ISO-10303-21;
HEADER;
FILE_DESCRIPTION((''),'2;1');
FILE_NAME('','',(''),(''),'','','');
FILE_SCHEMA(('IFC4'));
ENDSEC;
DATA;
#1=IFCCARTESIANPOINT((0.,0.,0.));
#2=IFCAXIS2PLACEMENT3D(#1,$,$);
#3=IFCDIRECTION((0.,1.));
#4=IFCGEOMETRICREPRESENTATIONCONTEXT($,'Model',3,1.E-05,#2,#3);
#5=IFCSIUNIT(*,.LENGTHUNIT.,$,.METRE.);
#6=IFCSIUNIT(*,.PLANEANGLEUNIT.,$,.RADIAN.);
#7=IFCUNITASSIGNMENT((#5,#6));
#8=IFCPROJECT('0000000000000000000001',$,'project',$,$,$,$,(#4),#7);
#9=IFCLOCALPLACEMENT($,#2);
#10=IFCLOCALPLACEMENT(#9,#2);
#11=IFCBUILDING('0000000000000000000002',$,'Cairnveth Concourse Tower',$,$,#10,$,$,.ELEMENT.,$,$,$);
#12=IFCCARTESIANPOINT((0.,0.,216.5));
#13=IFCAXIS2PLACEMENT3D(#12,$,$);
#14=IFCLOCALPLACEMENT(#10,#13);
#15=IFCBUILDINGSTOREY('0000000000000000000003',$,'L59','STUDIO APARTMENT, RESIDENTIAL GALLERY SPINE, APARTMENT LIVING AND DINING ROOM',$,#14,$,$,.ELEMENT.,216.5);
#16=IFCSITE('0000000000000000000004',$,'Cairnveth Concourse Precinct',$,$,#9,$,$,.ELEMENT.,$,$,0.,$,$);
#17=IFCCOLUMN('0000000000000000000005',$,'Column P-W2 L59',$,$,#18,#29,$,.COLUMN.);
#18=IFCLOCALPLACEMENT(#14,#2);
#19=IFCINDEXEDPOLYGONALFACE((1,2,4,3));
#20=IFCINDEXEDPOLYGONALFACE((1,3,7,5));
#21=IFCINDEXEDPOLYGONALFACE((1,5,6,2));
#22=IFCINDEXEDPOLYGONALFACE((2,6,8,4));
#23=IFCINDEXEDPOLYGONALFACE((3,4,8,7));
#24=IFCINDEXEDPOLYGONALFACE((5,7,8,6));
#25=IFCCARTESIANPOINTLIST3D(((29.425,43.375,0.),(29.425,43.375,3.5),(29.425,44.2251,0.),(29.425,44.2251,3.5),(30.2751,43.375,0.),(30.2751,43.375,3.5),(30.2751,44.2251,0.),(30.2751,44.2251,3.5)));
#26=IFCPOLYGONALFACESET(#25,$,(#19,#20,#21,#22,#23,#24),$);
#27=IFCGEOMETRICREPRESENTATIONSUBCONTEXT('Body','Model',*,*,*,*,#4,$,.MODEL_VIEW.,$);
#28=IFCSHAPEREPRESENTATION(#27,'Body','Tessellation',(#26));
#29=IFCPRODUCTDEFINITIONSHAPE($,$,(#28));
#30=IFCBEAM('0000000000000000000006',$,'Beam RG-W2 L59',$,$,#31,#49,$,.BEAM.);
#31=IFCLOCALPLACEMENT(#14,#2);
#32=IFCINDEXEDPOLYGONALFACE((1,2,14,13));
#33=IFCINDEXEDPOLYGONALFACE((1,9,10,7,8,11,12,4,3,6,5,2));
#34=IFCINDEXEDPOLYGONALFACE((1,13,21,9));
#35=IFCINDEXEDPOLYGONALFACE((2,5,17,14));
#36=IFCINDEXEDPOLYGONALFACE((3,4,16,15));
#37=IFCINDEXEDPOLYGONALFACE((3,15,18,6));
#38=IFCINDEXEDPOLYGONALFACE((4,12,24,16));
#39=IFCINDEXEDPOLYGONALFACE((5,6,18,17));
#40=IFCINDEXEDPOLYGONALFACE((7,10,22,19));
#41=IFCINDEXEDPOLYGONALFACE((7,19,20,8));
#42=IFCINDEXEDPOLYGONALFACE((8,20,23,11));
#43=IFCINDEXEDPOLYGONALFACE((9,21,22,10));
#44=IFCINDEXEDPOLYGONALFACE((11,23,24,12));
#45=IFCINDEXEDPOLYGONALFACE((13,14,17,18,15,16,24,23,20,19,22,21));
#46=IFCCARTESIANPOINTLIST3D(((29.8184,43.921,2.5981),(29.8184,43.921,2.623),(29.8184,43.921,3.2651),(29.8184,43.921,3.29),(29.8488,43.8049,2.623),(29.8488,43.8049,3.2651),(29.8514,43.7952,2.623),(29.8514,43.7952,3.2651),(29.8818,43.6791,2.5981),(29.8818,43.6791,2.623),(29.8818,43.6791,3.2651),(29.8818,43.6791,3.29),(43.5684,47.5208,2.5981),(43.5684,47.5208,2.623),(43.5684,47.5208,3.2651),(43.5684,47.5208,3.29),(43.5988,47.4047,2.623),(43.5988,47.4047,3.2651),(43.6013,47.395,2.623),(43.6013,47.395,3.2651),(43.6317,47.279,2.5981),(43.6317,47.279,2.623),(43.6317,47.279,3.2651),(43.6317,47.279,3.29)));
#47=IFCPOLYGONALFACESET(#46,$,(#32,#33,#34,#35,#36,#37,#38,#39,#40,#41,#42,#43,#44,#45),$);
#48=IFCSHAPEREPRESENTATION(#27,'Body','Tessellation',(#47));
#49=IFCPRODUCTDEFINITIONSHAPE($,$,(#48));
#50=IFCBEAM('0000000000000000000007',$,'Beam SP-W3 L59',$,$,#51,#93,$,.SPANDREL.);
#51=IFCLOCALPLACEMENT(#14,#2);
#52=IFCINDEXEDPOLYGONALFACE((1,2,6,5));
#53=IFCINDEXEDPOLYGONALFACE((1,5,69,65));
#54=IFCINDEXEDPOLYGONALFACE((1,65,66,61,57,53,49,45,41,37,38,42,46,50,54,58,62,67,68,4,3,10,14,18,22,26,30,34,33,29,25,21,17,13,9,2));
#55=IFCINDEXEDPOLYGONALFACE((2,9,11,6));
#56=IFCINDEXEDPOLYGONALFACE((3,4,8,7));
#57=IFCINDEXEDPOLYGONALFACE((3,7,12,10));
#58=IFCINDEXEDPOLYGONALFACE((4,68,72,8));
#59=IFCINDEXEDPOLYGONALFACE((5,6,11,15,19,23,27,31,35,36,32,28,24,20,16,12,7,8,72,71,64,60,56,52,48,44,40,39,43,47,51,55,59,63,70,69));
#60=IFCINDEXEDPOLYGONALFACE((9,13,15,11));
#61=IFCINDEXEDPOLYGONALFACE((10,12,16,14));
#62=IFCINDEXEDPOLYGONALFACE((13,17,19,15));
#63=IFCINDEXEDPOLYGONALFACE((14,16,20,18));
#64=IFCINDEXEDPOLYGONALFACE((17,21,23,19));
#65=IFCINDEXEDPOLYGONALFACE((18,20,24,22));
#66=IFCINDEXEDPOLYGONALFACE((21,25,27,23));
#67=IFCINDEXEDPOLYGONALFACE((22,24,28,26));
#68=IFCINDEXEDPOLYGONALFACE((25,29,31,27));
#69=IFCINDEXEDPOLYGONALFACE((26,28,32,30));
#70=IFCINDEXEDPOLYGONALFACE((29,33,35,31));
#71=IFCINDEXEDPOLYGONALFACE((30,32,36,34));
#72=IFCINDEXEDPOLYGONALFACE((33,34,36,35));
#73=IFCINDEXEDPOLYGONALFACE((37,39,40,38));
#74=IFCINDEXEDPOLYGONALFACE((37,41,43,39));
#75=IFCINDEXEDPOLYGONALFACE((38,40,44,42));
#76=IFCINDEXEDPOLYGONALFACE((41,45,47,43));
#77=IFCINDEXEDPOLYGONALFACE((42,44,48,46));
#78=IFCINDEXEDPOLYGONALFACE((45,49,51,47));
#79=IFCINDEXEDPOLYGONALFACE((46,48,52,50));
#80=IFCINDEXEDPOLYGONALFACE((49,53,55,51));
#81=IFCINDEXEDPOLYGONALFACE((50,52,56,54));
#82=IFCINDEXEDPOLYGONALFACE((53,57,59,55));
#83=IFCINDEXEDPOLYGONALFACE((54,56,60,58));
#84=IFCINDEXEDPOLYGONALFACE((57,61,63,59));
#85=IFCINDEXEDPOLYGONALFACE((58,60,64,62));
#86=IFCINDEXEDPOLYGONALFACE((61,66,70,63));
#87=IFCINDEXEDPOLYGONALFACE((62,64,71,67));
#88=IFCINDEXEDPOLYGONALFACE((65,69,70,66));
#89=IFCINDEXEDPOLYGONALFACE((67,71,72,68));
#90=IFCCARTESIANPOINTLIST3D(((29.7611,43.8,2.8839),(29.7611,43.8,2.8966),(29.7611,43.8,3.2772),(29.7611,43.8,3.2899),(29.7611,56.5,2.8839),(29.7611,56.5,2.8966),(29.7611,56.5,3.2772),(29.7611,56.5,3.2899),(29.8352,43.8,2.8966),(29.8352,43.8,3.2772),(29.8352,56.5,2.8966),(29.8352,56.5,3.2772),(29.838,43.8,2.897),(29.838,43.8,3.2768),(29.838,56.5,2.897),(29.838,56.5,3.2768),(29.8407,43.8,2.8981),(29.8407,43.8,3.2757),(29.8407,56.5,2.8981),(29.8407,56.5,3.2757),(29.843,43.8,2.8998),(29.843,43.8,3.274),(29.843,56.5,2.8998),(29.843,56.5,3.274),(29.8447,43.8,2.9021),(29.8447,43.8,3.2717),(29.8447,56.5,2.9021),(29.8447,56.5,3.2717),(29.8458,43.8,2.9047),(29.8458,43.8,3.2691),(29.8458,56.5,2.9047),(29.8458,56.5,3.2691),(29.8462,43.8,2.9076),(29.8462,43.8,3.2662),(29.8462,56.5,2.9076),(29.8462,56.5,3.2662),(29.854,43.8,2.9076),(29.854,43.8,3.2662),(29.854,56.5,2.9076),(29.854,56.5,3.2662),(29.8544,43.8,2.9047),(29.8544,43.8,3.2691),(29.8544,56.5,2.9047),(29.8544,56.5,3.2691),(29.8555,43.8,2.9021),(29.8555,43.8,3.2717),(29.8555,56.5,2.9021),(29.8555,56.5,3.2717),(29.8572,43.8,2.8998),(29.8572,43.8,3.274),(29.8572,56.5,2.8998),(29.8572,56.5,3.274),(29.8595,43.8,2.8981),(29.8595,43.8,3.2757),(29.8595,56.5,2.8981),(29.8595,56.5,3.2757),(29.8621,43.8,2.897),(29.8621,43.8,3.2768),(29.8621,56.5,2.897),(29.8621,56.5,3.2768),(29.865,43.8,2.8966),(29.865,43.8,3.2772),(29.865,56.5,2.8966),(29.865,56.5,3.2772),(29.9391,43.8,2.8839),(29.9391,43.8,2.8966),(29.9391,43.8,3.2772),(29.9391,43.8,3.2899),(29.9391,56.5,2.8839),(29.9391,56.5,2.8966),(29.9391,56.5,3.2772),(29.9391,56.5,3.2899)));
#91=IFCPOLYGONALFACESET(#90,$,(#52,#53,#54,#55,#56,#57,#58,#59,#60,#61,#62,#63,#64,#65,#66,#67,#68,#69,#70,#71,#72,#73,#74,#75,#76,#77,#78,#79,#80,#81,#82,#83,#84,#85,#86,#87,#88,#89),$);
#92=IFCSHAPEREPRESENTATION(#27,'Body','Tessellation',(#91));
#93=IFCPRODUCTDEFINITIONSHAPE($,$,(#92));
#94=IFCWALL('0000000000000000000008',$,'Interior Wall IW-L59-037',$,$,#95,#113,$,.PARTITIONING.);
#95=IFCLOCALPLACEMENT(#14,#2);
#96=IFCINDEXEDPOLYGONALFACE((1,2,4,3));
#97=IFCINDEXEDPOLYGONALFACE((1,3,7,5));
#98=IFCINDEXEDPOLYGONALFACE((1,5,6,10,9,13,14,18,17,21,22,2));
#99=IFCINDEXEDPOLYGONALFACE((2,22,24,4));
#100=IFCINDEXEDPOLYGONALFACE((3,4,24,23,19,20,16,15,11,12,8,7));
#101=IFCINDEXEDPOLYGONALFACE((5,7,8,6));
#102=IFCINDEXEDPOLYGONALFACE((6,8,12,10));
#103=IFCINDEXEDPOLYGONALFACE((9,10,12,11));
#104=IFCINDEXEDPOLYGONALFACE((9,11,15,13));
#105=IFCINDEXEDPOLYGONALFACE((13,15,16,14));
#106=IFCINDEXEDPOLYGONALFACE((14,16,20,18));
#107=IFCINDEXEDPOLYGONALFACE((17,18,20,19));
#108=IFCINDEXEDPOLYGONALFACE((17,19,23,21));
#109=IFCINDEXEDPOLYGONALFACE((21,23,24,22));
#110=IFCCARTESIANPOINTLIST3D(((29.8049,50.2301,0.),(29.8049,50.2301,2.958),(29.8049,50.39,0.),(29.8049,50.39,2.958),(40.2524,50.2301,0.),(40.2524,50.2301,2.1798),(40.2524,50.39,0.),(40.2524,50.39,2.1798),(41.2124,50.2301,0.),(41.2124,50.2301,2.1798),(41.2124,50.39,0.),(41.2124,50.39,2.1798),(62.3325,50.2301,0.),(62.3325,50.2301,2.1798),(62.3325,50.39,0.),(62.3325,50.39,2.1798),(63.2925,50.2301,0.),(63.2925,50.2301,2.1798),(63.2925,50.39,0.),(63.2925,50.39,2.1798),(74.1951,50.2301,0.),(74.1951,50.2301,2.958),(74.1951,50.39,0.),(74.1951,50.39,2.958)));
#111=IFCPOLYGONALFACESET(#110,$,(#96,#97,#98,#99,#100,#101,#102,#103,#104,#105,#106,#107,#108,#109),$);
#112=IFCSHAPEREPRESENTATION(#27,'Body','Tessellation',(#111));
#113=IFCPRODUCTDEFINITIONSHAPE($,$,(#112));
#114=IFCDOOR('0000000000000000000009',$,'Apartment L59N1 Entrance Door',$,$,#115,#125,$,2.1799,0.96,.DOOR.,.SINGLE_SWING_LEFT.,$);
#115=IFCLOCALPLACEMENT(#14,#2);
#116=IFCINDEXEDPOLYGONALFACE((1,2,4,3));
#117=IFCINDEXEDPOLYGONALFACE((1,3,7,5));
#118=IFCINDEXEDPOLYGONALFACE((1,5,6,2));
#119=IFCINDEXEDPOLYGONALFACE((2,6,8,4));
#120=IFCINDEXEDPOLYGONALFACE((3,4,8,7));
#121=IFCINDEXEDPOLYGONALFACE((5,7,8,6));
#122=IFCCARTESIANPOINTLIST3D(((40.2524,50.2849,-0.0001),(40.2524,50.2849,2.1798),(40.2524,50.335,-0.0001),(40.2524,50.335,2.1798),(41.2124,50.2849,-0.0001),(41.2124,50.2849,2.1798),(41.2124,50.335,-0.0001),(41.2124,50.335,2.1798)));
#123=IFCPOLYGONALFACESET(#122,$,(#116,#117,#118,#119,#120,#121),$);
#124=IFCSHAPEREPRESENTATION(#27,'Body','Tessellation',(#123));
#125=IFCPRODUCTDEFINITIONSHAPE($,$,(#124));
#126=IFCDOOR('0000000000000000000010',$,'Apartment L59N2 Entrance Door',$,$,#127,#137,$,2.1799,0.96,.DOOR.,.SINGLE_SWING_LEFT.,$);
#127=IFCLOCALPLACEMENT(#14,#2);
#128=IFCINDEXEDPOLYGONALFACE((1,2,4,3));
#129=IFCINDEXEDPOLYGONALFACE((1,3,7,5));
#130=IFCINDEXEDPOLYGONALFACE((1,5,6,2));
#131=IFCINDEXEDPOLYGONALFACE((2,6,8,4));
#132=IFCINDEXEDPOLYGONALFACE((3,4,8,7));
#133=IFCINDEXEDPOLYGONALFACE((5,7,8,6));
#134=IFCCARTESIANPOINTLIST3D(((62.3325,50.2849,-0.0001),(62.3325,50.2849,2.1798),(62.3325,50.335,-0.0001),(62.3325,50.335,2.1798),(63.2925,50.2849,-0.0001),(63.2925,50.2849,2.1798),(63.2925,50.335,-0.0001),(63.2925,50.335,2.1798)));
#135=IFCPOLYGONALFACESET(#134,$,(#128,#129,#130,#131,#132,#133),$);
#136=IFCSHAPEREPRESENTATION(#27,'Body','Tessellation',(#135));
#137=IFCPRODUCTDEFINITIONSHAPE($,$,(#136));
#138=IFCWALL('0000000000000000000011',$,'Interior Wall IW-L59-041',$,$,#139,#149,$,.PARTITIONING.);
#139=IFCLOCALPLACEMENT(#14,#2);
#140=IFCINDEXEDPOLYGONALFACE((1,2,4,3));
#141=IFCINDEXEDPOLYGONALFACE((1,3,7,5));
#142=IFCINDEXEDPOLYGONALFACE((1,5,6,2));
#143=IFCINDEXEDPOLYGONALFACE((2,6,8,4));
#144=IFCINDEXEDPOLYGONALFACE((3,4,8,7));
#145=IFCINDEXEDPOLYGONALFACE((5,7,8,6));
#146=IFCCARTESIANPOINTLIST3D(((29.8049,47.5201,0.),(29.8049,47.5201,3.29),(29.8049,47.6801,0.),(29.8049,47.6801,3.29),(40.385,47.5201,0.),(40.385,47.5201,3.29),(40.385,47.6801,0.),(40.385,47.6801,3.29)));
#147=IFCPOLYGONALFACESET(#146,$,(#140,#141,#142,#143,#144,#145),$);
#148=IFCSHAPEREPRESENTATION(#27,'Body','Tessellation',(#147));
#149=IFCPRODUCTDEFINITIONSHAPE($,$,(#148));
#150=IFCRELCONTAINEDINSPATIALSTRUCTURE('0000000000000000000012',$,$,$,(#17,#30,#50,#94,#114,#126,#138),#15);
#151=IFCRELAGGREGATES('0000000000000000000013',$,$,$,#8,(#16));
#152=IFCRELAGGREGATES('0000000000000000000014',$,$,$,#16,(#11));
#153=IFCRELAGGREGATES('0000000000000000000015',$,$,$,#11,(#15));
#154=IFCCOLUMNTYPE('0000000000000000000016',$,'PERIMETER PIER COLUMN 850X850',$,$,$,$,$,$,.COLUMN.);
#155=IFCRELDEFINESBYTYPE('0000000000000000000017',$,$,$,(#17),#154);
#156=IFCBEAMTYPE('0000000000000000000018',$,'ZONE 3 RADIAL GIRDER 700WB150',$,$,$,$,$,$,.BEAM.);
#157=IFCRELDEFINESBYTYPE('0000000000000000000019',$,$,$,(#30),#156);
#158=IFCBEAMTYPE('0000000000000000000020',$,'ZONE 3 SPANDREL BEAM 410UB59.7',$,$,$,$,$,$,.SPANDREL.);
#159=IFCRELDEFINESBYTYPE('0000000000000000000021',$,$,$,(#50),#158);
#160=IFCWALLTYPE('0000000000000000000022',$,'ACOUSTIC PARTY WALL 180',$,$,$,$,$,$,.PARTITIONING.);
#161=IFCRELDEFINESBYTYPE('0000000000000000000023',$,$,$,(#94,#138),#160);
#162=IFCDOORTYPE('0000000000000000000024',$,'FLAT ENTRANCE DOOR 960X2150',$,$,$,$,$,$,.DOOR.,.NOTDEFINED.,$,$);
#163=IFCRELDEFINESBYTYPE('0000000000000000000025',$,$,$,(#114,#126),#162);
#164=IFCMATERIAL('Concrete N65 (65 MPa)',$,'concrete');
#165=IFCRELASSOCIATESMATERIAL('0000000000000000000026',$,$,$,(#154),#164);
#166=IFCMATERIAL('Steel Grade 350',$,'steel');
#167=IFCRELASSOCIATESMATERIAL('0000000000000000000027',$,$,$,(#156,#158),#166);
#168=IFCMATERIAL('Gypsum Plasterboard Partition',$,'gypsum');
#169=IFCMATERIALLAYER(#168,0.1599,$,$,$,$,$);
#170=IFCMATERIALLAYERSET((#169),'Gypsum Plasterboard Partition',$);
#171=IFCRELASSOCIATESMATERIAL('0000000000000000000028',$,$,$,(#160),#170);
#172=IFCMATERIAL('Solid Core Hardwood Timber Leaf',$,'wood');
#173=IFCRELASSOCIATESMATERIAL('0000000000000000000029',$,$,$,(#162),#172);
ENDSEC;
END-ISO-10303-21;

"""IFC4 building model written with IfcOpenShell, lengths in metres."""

from ifc_helpers import new_model, si_unit, direction, frame, frame_2d, origin, origin_2d, place, context, subcontext, project, spatial, rectangle, i_section, extrude, material, layer, layer_set, material_profile, profile_set, type_object, element, fill, save


model = new_model("IFC4")

# Units and contexts
model_context = context("Model", 3, precision=1e-05, world=origin(), true_north=direction((0.0, 1.0)))
body_context = subcontext(model_context, "Body", "Model", "MODEL_VIEW")
ifc_project = project(units=[si_unit("LENGTHUNIT", "METRE"), si_unit("PLANEANGLEUNIT", "RADIAN")], contexts=[model_context])

# Site, building, storey
site_placement = place(None, origin())
site = spatial("IfcSite", under=ifc_project, at=site_placement, Name="Cairnveth Concourse Precinct", CompositionType="ELEMENT", RefElevation=0.0)
building_placement = place(site_placement, origin())
building = spatial("IfcBuilding", under=site, at=building_placement, Name="Cairnveth Concourse Tower", CompositionType="ELEMENT")
storey_placement = place(building_placement, frame((0.0, 0.0, 216.5)))
storey = spatial("IfcBuildingStorey", under=building, at=storey_placement, Name="L59", Description="STUDIO APARTMENT, RESIDENTIAL GALLERY SPINE, APARTMENT LIVING AND DINING ROOM", CompositionType="ELEMENT", Elevation=216.5)

# Column
ifc_material_1 = material(Name="Concrete N65 (65 MPa)", Category="concrete")
ifc_material_profile_1 = material_profile(ifc_material_1, rectangle(XDim=0.8501, YDim=0.8501, at=origin_2d()), Name="RC-COL-850x850")
ifc_profile_set_1 = profile_set([ifc_material_profile_1], Name="Concrete N65 (65 MPa)")
column_type = type_object("IfcColumnType", Name="PERIMETER PIER COLUMN 850X850", PredefinedType="COLUMN", material=ifc_profile_set_1)
column_placement = place(storey_placement, frame((29.8501, 43.8, 0.0), z_axis=(0.0, 0.0, 1.0), x_axis=(0.0, 1.0, 0.0)))
element("IfcColumn", 1, at=column_placement, inside=storey, type_object=column_type, Name="Column P-W2 L59", PredefinedType="COLUMN", context=body_context, shape_type="SweptSolid", body=[
    extrude(rectangle(XDim=0.8501, YDim=0.8501, at=origin_2d()), origin(), (0.0, 0.0, 1.0), 3.5),
])

# Beams
ifc_material_2 = material(Name="Steel Grade 350", Category="steel")
ifc_material_profile_2 = material_profile(ifc_material_2, i_section(OverallWidth=0.25, OverallDepth=0.6919, WebThickness=0.01, FlangeThickness=0.0249, at=origin_2d()), Name="700WB150")
ifc_profile_set_2 = profile_set([ifc_material_profile_2], Name="Steel Grade 350")
beam_type_1 = type_object("IfcBeamType", Name="ZONE 3 RADIAL GIRDER 700WB150", PredefinedType="BEAM", material=ifc_profile_set_2)
beam_1_placement = place(storey_placement, frame((29.8501, 43.8, 2.9441), z_axis=(0.967395, 0.253271, 0.0), x_axis=(-0.253271, 0.967395, 0.0)))
element("IfcBeam", 2, at=beam_1_placement, inside=storey, type_object=beam_type_1, Name="Beam RG-W2 L59", PredefinedType="BEAM", context=body_context, shape_type="SweptSolid", body=[
    extrude(i_section(OverallWidth=0.25, OverallDepth=0.6919, WebThickness=0.01, FlangeThickness=0.0249, at=origin_2d()), origin(), (0.0, 0.0, 1.0), 14.2134),
])
ifc_material_profile_3 = material_profile(ifc_material_2, i_section(OverallWidth=0.178, OverallDepth=0.406, WebThickness=0.0078, FlangeThickness=0.0127, FilletRadius=0.011, at=origin_2d()), Name="410UB59.7")
ifc_profile_set_3 = profile_set([ifc_material_profile_3], Name="Steel Grade 350")
beam_type_2 = type_object("IfcBeamType", Name="ZONE 3 SPANDREL BEAM 410UB59.7", PredefinedType="SPANDREL", material=ifc_profile_set_3)
beam_2_placement = place(storey_placement, frame((29.8501, 43.8, 3.0869), z_axis=(0.0, 1.0, 0.0), x_axis=(-1.0, 0.0, 0.0)))
element("IfcBeam", 3, at=beam_2_placement, inside=storey, type_object=beam_type_2, Name="Beam SP-W3 L59", PredefinedType="SPANDREL", context=body_context, shape_type="SweptSolid", body=[
    extrude(i_section(OverallWidth=0.178, OverallDepth=0.406, WebThickness=0.0078, FlangeThickness=0.0127, FilletRadius=0.011, at=origin_2d()), origin(), (0.0, 0.0, 1.0), 12.7),
])

# Wall, openings, doors
ifc_material_3 = material(Name="Gypsum Plasterboard Partition", Category="gypsum")
ifc_layer_1 = layer(ifc_material_3, 0.1599)
ifc_layer_set_1 = layer_set([ifc_layer_1], Name="Gypsum Plasterboard Partition")
wall_type_1 = type_object("IfcWallType", Name="ACOUSTIC PARTY WALL 180", PredefinedType="PARTITIONING", material=ifc_layer_set_1)
wall_1_placement = place(storey_placement, frame((29.8049, 50.3101, 0.0), z_axis=(0.0, 0.0, 1.0), x_axis=(1.0, 0.0, 0.0)))
wall_1 = element("IfcWall", 4, at=wall_1_placement, inside=storey, type_object=wall_type_1, Name="Interior Wall IW-L59-037", PredefinedType="PARTITIONING", context=body_context, shape_type="SweptSolid", body=[
    extrude(rectangle(XDim=44.3901, YDim=0.1599, at=frame_2d((22.1951, 0.0))), origin(), (0.0, 0.0, 1.0), 2.958),
])
opening_1_placement = place(wall_1_placement, frame((10.4475, 0.0, 0.0)))
opening_1 = element("IfcOpeningElement", 5, at=opening_1_placement, cuts=wall_1, PredefinedType="OPENING", context=body_context, shape_type="SweptSolid", body=[
    extrude(rectangle(XDim=0.96, YDim=2.1799, at=frame_2d((0.48, 1.0898))), frame((0.0, 0.0898, 0.0), z_axis=(0.0, -1.0, 0.0), x_axis=(1.0, 0.0, 0.0)), (0.0, 0.0, 1.0), 0.1799),
])
opening_2_placement = place(wall_1_placement, frame((32.5276, 0.0, 0.0)))
opening_2 = element("IfcOpeningElement", 6, at=opening_2_placement, cuts=wall_1, PredefinedType="OPENING", context=body_context, shape_type="SweptSolid", body=[
    extrude(rectangle(XDim=0.96, YDim=2.1799, at=frame_2d((0.48, 1.0898))), frame((0.0, 0.0898, 0.0), z_axis=(0.0, -1.0, 0.0), x_axis=(1.0, 0.0, 0.0)), (0.0, 0.0, 1.0), 0.1799),
])
ifc_material_4 = material(Name="Solid Core Hardwood Timber Leaf", Category="wood")
door_type_1 = type_object("IfcDoorType", Name="FLAT ENTRANCE DOOR 960X2150", OperationType="NOTDEFINED", PredefinedType="DOOR", material=ifc_material_4)
door_1_placement = place(opening_1_placement, origin())
door_1 = element("IfcDoor", 7, at=door_1_placement, inside=storey, type_object=door_type_1, Name="Apartment L59N1 Entrance Door", OperationType="SINGLE_SWING_LEFT", OverallHeight=2.1799, OverallWidth=0.96, PredefinedType="DOOR", context=body_context, shape_type="SweptSolid", body=[
    extrude(rectangle(XDim=0.96, YDim=2.1799, at=frame_2d((0.48, 1.0898))), frame((0.0, 0.0249, 0.0), z_axis=(0.0, -1.0, 0.0), x_axis=(1.0, 0.0, 0.0)), (0.0, 0.0, 1.0), 0.05),
])
fill(opening_1, door_1)
door_2_placement = place(opening_2_placement, origin())
door_2 = element("IfcDoor", 8, at=door_2_placement, inside=storey, type_object=door_type_1, Name="Apartment L59N2 Entrance Door", OperationType="SINGLE_SWING_LEFT", OverallHeight=2.1799, OverallWidth=0.96, PredefinedType="DOOR", context=body_context, shape_type="SweptSolid", body=[
    extrude(rectangle(XDim=0.96, YDim=2.1799, at=frame_2d((0.48, 1.0898))), frame((0.0, 0.0249, 0.0), z_axis=(0.0, -1.0, 0.0), x_axis=(1.0, 0.0, 0.0)), (0.0, 0.0, 1.0), 0.05),
])
fill(opening_2, door_2)

# Wall
wall_2_placement = place(storey_placement, frame((29.8049, 47.6001, 0.0), z_axis=(0.0, 0.0, 1.0), x_axis=(1.0, 0.0, 0.0)))
element("IfcWall", 9, at=wall_2_placement, inside=storey, type_object=wall_type_1, Name="Interior Wall IW-L59-041", PredefinedType="PARTITIONING", context=body_context, shape_type="SweptSolid", body=[
    extrude(rectangle(XDim=10.5801, YDim=0.1599, at=frame_2d((5.29, 0.0))), origin(), (0.0, 0.0, 1.0), 3.29),
])

save(model, "model.ifc")
